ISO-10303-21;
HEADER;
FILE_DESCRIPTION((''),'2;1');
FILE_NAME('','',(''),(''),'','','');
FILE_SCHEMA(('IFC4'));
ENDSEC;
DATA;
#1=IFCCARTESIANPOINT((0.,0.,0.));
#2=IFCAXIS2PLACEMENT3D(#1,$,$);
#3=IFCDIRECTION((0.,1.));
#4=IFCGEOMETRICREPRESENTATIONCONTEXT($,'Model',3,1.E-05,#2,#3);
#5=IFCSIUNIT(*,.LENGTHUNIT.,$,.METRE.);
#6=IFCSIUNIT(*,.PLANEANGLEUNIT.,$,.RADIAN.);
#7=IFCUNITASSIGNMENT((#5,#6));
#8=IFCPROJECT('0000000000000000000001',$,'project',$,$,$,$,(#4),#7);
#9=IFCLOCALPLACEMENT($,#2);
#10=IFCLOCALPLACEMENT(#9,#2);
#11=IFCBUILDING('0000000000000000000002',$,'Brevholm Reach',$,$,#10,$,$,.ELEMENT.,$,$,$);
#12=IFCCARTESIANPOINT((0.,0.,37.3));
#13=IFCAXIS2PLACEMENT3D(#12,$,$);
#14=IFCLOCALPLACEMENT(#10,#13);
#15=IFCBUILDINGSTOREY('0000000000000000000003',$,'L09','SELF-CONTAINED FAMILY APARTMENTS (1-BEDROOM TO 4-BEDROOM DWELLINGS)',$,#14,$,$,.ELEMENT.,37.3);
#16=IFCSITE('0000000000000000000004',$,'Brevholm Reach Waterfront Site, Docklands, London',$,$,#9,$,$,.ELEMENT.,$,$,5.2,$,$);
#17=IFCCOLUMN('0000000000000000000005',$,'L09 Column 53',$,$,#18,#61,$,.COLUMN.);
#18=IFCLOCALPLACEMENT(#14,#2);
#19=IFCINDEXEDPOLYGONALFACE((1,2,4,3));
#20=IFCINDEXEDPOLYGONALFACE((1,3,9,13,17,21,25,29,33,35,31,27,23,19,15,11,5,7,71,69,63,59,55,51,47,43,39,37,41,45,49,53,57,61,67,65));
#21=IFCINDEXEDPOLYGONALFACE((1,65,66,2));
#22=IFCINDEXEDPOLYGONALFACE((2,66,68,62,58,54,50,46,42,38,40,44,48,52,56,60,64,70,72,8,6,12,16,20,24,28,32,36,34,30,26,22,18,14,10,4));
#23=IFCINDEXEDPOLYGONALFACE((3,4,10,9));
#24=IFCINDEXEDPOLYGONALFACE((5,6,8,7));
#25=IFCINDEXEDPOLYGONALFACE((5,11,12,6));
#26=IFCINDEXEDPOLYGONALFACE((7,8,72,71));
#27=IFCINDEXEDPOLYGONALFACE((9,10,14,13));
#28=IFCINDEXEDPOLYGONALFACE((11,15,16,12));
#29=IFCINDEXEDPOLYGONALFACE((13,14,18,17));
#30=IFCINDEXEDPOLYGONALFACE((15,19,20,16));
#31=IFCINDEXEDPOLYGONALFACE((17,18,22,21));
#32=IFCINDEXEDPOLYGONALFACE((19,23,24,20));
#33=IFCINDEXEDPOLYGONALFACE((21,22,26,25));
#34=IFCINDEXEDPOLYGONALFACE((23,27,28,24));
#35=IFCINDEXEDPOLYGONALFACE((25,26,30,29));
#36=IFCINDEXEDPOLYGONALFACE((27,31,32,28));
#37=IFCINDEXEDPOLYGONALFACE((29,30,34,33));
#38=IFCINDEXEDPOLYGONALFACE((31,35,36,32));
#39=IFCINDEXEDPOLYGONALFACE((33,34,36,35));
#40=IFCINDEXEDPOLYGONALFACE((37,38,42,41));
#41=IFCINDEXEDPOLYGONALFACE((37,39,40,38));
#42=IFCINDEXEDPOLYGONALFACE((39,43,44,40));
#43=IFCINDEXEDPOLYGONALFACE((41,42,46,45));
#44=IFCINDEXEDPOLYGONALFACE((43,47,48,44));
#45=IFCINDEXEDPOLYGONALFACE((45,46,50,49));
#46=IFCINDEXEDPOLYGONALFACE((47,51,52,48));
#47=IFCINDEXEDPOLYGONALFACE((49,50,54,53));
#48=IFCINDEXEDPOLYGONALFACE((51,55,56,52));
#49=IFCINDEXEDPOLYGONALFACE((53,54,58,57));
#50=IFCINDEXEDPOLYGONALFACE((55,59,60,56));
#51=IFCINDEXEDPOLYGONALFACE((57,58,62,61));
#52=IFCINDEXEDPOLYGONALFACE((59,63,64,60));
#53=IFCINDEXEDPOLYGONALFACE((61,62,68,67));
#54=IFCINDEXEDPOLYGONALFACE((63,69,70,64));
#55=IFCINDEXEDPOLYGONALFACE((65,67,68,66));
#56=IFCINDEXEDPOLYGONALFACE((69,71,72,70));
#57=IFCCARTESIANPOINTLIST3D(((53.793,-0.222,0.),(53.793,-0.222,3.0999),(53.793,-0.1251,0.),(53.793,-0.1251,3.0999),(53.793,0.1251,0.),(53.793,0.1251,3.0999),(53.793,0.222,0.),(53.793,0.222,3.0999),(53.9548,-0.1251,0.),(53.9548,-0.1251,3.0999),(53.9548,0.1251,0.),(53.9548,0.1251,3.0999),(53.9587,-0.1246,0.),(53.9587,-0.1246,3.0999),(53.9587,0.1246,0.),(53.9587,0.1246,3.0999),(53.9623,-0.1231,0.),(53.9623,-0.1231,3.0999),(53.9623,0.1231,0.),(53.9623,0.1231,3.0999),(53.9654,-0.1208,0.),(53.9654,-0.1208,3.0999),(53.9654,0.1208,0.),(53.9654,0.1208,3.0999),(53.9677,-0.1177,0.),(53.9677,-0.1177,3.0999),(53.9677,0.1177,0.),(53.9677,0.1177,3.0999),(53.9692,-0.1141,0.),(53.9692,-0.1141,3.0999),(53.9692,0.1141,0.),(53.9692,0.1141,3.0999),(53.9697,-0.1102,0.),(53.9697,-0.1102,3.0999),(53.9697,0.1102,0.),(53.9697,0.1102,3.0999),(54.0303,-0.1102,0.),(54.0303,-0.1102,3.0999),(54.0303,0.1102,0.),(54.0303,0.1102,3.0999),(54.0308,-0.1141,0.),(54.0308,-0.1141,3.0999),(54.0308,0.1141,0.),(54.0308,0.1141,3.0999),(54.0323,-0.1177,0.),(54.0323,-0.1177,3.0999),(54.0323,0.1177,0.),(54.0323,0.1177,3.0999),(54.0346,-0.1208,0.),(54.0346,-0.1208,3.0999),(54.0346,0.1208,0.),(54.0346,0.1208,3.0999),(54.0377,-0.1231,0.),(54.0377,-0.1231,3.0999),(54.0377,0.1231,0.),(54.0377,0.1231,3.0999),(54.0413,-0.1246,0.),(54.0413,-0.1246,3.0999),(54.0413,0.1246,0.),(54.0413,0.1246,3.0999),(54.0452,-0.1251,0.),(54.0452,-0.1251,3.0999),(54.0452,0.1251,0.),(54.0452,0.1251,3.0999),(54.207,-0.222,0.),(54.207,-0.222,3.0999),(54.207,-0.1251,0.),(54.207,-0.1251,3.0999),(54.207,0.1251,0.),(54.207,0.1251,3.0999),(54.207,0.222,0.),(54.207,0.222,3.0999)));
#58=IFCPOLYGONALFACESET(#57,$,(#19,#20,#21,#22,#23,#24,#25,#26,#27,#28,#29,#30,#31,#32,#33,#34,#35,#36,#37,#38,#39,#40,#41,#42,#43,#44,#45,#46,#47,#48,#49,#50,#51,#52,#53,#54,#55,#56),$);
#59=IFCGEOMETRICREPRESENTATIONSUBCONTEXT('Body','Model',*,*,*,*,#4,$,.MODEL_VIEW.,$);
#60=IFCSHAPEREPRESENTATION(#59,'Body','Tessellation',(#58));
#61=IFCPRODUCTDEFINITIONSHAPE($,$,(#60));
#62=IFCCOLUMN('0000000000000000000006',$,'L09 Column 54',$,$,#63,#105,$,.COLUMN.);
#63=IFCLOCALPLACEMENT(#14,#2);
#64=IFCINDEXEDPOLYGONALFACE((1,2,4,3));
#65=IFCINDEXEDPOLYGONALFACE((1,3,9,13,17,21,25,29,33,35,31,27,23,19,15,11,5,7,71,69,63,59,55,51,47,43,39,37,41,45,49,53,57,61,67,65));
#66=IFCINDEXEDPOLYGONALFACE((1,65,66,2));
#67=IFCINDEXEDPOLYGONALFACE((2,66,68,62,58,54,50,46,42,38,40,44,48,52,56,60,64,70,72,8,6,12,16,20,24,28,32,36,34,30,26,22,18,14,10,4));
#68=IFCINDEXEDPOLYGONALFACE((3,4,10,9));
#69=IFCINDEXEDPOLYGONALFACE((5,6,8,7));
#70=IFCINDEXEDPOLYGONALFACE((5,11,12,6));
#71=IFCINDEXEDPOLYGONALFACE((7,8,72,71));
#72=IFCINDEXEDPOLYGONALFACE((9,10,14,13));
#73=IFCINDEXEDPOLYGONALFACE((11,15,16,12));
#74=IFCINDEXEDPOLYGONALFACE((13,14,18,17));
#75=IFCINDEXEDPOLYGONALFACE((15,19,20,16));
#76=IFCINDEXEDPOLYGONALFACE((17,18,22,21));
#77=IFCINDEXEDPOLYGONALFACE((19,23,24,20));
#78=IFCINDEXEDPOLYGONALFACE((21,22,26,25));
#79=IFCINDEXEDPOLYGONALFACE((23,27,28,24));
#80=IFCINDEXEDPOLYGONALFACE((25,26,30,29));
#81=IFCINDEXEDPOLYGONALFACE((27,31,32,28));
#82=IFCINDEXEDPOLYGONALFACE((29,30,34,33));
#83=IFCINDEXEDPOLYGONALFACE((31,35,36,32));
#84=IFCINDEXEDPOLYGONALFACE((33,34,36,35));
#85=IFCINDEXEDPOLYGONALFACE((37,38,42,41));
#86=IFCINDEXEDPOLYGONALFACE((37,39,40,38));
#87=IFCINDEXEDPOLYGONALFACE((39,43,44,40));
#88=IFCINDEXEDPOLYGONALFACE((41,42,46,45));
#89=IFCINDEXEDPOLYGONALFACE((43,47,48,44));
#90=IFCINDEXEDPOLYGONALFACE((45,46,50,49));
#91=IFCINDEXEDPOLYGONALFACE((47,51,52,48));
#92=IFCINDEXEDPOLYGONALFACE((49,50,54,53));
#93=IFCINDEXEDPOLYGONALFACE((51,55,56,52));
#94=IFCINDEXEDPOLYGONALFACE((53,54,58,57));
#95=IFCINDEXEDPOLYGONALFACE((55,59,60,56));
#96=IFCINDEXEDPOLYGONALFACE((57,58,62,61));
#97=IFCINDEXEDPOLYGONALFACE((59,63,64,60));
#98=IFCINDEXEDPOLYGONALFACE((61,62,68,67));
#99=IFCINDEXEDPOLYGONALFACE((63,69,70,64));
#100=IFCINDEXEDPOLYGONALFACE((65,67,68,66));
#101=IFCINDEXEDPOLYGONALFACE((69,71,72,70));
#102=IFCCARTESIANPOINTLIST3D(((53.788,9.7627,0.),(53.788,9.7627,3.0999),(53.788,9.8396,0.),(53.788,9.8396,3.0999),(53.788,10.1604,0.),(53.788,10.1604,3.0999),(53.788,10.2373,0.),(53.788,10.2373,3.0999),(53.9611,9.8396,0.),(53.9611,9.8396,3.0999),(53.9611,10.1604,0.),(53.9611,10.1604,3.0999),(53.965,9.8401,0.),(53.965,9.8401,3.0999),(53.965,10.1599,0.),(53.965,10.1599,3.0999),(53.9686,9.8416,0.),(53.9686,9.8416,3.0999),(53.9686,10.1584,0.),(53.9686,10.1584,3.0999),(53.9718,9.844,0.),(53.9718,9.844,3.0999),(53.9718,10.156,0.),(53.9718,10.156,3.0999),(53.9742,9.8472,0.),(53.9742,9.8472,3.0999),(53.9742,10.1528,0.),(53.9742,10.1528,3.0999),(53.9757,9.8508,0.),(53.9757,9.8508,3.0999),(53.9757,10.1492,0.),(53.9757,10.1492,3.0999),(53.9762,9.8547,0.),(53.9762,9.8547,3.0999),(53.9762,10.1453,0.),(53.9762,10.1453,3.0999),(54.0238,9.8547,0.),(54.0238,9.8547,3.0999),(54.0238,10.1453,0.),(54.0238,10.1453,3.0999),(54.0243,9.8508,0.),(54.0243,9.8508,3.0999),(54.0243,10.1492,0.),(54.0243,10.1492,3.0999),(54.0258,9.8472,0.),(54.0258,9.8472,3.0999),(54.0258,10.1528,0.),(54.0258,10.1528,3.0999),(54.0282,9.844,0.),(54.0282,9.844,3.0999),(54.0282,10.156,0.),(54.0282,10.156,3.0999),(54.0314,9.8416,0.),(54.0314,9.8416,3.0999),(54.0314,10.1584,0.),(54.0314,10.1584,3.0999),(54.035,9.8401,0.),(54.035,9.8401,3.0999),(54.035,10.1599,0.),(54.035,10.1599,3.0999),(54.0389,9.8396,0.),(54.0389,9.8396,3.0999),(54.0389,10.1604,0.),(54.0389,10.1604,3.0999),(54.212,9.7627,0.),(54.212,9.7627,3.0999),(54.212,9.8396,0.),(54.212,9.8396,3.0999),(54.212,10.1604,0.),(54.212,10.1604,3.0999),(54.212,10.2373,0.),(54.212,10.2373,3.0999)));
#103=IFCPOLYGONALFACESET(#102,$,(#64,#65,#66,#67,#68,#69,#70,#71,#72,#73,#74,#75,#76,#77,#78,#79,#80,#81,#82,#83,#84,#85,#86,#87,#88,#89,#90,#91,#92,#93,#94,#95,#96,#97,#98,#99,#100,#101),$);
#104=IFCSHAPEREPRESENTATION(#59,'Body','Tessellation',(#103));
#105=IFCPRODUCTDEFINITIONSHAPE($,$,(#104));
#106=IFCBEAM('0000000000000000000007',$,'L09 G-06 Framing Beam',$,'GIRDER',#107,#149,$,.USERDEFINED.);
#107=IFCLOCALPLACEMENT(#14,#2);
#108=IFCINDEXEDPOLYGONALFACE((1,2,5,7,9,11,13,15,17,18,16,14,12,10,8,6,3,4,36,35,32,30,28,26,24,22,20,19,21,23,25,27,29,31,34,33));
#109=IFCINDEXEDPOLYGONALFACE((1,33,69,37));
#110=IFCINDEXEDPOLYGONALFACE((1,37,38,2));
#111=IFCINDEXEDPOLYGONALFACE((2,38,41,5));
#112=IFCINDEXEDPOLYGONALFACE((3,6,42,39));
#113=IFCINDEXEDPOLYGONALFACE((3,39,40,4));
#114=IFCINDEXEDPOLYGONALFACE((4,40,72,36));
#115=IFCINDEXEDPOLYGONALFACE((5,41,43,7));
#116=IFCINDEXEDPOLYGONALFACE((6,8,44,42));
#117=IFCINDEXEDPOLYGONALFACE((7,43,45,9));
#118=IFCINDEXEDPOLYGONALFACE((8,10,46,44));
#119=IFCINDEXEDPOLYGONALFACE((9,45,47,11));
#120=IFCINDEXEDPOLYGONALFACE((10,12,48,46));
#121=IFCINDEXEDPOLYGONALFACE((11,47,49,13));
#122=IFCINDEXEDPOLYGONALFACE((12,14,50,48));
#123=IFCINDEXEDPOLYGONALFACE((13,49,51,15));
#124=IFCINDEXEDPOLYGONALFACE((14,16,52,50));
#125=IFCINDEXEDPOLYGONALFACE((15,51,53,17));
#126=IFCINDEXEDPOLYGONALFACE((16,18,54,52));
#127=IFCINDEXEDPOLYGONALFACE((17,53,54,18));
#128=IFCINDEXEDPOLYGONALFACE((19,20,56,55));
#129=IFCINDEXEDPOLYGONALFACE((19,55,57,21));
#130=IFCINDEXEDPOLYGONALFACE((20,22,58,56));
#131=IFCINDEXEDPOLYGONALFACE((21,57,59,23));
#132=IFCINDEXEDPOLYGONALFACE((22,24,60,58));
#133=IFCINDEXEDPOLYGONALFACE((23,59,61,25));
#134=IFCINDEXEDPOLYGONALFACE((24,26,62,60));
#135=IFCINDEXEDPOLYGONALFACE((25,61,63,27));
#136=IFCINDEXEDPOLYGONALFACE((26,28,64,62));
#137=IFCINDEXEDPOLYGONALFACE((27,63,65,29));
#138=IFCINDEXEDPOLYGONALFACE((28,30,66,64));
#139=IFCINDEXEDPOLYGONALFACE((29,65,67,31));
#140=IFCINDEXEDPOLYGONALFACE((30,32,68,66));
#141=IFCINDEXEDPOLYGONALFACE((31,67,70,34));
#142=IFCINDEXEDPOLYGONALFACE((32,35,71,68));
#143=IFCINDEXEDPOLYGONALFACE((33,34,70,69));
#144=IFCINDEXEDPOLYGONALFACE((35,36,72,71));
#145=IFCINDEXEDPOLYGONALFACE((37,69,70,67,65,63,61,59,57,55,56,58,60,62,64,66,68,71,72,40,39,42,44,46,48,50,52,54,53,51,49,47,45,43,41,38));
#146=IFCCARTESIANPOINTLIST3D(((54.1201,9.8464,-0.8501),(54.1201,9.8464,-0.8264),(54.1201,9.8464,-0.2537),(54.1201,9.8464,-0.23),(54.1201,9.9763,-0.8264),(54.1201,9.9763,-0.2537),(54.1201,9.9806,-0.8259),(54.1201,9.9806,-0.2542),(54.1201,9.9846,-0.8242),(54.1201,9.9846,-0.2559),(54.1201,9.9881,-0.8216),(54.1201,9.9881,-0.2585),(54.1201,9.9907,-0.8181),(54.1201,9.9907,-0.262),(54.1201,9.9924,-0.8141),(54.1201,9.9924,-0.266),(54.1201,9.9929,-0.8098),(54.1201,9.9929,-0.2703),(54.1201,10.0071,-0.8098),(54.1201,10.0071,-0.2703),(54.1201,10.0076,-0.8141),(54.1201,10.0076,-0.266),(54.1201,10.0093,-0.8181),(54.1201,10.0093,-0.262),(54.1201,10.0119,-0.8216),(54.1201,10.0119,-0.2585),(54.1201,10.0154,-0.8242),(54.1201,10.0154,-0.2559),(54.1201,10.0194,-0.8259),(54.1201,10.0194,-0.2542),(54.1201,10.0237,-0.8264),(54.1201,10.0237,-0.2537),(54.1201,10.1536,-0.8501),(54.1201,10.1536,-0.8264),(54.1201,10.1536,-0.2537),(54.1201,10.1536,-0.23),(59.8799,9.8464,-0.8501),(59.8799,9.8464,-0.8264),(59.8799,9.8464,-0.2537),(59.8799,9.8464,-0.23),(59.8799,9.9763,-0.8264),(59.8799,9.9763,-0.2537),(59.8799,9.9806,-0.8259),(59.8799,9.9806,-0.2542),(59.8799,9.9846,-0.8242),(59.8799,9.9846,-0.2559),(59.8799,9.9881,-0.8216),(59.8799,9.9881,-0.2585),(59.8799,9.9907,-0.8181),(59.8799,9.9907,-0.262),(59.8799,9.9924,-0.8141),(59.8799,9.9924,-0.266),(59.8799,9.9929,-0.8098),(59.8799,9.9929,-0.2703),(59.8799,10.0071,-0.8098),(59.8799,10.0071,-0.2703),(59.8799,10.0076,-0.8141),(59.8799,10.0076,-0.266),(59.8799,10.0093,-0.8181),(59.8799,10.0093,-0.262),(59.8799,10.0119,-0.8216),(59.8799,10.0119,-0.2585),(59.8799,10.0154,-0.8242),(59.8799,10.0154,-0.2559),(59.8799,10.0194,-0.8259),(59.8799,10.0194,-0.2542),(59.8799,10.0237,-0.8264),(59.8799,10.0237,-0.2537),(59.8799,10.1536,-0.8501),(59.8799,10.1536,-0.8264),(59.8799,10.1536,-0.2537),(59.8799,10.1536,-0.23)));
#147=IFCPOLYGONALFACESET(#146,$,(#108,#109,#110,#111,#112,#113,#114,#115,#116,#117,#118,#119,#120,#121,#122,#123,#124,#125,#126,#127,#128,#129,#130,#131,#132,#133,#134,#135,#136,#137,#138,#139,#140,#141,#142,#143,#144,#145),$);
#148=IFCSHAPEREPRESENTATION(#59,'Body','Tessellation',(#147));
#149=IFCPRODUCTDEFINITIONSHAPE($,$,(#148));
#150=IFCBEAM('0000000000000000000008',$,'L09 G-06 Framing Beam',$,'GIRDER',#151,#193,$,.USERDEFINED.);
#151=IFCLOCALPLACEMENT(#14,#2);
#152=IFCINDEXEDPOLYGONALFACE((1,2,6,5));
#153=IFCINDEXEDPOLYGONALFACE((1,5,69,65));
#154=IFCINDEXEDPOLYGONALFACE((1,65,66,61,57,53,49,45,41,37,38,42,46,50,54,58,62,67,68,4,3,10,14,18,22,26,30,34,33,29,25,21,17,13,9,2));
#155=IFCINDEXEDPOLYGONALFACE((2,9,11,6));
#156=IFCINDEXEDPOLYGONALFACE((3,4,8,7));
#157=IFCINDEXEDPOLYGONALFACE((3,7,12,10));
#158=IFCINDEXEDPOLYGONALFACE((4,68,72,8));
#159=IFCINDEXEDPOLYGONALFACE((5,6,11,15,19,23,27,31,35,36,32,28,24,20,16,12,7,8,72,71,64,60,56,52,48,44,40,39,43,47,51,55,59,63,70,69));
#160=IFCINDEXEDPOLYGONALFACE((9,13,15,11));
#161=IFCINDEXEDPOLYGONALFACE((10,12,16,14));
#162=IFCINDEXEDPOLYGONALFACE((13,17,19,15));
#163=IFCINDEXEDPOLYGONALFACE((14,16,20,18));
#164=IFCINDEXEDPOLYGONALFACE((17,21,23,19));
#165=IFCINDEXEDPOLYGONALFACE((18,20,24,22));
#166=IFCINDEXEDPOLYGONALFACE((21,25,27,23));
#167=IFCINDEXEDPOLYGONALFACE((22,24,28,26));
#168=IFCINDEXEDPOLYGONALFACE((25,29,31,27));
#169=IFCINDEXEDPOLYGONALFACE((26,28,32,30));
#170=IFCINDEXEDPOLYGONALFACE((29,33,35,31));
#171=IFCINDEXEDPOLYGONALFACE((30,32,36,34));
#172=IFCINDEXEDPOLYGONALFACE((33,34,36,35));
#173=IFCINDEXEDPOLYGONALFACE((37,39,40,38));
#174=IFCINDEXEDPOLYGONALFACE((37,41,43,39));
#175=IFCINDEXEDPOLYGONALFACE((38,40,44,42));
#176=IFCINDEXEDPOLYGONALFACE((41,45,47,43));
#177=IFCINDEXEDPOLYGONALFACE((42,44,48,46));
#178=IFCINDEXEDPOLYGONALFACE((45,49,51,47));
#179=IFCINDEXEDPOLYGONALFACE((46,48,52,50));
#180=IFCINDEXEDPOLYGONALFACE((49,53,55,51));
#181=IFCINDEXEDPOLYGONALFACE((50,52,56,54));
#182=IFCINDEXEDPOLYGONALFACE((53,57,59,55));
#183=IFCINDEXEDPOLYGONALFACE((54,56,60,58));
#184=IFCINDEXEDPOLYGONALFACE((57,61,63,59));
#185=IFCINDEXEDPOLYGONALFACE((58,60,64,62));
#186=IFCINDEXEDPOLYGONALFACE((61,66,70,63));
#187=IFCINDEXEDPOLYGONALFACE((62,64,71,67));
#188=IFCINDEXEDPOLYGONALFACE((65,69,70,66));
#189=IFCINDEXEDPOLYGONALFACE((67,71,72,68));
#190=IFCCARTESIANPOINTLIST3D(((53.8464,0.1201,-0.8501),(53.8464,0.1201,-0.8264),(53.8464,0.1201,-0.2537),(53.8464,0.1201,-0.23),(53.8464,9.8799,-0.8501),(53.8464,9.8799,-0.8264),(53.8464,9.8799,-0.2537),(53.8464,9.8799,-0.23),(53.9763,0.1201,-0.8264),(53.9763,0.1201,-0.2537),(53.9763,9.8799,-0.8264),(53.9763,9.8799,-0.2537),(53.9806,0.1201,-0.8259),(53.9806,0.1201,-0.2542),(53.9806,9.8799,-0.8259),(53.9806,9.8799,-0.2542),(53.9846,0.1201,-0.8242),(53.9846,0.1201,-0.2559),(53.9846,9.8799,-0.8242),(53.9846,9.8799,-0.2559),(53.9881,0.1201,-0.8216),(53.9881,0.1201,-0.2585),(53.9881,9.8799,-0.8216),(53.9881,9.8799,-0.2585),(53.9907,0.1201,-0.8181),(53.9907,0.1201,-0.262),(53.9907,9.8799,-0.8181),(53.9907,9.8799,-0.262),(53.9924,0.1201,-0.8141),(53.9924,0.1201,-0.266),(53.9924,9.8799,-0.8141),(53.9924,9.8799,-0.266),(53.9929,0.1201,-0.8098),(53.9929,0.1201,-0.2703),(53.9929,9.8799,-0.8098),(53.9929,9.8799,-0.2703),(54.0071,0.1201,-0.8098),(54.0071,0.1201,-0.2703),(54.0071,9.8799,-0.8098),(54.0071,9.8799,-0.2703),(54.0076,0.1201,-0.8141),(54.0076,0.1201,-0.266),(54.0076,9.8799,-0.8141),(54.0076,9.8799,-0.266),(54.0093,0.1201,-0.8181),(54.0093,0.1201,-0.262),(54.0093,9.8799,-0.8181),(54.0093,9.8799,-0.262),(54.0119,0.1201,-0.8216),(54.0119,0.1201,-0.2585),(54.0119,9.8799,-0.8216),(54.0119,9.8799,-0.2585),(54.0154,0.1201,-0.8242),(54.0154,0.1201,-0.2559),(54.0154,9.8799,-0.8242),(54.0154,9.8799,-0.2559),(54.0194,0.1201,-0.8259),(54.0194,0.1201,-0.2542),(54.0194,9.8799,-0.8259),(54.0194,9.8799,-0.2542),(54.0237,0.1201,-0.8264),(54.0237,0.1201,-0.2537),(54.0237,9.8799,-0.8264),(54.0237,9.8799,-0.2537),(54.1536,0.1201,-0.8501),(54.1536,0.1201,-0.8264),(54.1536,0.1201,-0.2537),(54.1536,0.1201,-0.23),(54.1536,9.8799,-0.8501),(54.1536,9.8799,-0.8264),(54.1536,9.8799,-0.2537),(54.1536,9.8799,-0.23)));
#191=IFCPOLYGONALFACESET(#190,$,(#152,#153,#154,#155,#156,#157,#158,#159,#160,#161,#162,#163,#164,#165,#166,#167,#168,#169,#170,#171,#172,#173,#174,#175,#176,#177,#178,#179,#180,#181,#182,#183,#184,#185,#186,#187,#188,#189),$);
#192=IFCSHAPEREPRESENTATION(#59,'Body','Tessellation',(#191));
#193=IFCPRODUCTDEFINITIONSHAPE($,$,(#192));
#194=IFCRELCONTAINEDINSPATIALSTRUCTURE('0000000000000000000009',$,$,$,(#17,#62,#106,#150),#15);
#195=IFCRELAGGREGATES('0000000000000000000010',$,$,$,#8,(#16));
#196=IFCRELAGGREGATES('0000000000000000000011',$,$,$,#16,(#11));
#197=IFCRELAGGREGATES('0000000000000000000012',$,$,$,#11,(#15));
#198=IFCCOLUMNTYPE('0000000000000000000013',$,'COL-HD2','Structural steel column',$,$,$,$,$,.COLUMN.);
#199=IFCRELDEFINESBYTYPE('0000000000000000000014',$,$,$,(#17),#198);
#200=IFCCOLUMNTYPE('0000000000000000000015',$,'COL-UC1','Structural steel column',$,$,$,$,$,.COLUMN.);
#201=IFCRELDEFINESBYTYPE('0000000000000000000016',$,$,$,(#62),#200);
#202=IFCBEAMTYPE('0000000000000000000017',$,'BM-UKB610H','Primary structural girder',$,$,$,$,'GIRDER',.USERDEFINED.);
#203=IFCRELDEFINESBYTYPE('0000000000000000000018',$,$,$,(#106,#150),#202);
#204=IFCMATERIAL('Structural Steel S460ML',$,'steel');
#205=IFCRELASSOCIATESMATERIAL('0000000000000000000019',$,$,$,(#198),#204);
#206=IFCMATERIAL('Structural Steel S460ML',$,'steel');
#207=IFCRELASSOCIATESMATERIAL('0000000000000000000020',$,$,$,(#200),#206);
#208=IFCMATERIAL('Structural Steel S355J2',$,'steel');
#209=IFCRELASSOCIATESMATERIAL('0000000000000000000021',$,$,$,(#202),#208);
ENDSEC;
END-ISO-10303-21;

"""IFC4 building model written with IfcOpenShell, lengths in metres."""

from ifc_helpers import new_model, si_unit, direction, frame, origin, origin_2d, place, context, subcontext, project, spatial, i_section, extrude, material, material_profile, profile_set, type_object, element, save


model = new_model("IFC4")

# Units and contexts
model_context = context("Model", 3, precision=1e-05, world=origin(), true_north=direction((0.0, 1.0)))
body_context = subcontext(model_context, "Body", "Model", "MODEL_VIEW")
ifc_project = project(units=[si_unit("LENGTHUNIT", "METRE"), si_unit("PLANEANGLEUNIT", "RADIAN")], contexts=[model_context])

# Site, building, storey
site_placement = place(None, origin())
site = spatial("IfcSite", under=ifc_project, at=site_placement, Name="Brevholm Reach Waterfront Site, Docklands, London", CompositionType="ELEMENT", RefElevation=5.2)
building_placement = place(site_placement, origin())
building = spatial("IfcBuilding", under=site, at=building_placement, Name="Brevholm Reach", CompositionType="ELEMENT")
storey_placement = place(building_placement, frame((0.0, 0.0, 37.3)))
storey = spatial("IfcBuildingStorey", under=building, at=storey_placement, Name="L09", Description="SELF-CONTAINED FAMILY APARTMENTS (1-BEDROOM TO 4-BEDROOM DWELLINGS)", CompositionType="ELEMENT", Elevation=37.3)

# Columns
ifc_material_1 = material(Name="Structural Steel S460ML", Category="steel")
ifc_material_profile_1 = material_profile(ifc_material_1, i_section(OverallWidth=0.4141, OverallDepth=0.4441, WebThickness=0.0605, FlangeThickness=0.0969, FilletRadius=0.0149, at=origin_2d()), Name="HD 400x818")
ifc_profile_set_1 = profile_set([ifc_material_profile_1], Name="Structural Steel S460ML")
column_type_1 = type_object("IfcColumnType", Name="COL-HD2", Description="Structural steel column", PredefinedType="COLUMN", material=ifc_profile_set_1)
column_1_placement = place(storey_placement, frame((54.0, 0.0, 0.0), z_axis=(0.0, 0.0, 1.0), x_axis=(1.0, 0.0, 0.0)))
element("IfcColumn", 1, at=column_1_placement, inside=storey, type_object=column_type_1, Name="L09 Column 53", PredefinedType="COLUMN", context=body_context, shape_type="SweptSolid", body=[
    extrude(i_section(OverallWidth=0.4141, OverallDepth=0.4441, WebThickness=0.0605, FlangeThickness=0.0969, FilletRadius=0.0149, at=origin_2d()), origin(), (0.0, 0.0, 1.0), 3.0999),
])
ifc_material_2 = material(Name="Structural Steel S460ML", Category="steel")
ifc_material_profile_2 = material_profile(ifc_material_2, i_section(OverallWidth=0.4241, OverallDepth=0.4746, WebThickness=0.0476, FlangeThickness=0.0769, FilletRadius=0.0151, at=origin_2d()), Name="UKC 356x406x634")
ifc_profile_set_2 = profile_set([ifc_material_profile_2], Name="Structural Steel S460ML")
column_type_2 = type_object("IfcColumnType", Name="COL-UC1", Description="Structural steel column", PredefinedType="COLUMN", material=ifc_profile_set_2)
column_2_placement = place(storey_placement, frame((54.0, 10.0, 0.0), z_axis=(0.0, 0.0, 1.0), x_axis=(1.0, 0.0, 0.0)))
element("IfcColumn", 2, at=column_2_placement, inside=storey, type_object=column_type_2, Name="L09 Column 54", PredefinedType="COLUMN", context=body_context, shape_type="SweptSolid", body=[
    extrude(i_section(OverallWidth=0.4241, OverallDepth=0.4746, WebThickness=0.0476, FlangeThickness=0.0769, FilletRadius=0.0151, at=origin_2d()), origin(), (0.0, 0.0, 1.0), 3.0999),
])

# Beams
ifc_material_3 = material(Name="Structural Steel S355J2", Category="steel")
ifc_material_profile_3 = material_profile(ifc_material_3, i_section(OverallWidth=0.3071, OverallDepth=0.6201, WebThickness=0.0142, FlangeThickness=0.0237, FilletRadius=0.0166, at=origin_2d()), Name="UKB 610x305x179")
ifc_profile_set_3 = profile_set([ifc_material_profile_3], Name="Structural Steel S355J2")
beam_type = type_object("IfcBeamType", Name="BM-UKB610H", Description="Primary structural girder", ElementType="GIRDER", PredefinedType="USERDEFINED", material=ifc_profile_set_3)
beam_1_placement = place(storey_placement, frame((54.1201, 10.0, -0.54), z_axis=(1.0, 0.0, 0.0), x_axis=(0.0, 1.0, 0.0)))
element("IfcBeam", 3, at=beam_1_placement, inside=storey, type_object=beam_type, Name="L09 G-06 Framing Beam", ObjectType="GIRDER", PredefinedType="USERDEFINED", context=body_context, shape_type="SweptSolid", body=[
    extrude(i_section(OverallWidth=0.3071, OverallDepth=0.6201, WebThickness=0.0142, FlangeThickness=0.0237, FilletRadius=0.0166, at=origin_2d()), origin(), (0.0, 0.0, 1.0), 5.7598),
])
beam_2_placement = place(storey_placement, frame((54.0, 0.1201, -0.54), z_axis=(0.0, 1.0, 0.0), x_axis=(-1.0, 0.0, 0.0)))
element("IfcBeam", 4, at=beam_2_placement, inside=storey, type_object=beam_type, Name="L09 G-06 Framing Beam", ObjectType="GIRDER", PredefinedType="USERDEFINED", context=body_context, shape_type="SweptSolid", body=[
    extrude(i_section(OverallWidth=0.3071, OverallDepth=0.6201, WebThickness=0.0142, FlangeThickness=0.0237, FilletRadius=0.0166, at=origin_2d()), origin(), (0.0, 0.0, 1.0), 9.7598),
])

save(model, "model.ifc")
